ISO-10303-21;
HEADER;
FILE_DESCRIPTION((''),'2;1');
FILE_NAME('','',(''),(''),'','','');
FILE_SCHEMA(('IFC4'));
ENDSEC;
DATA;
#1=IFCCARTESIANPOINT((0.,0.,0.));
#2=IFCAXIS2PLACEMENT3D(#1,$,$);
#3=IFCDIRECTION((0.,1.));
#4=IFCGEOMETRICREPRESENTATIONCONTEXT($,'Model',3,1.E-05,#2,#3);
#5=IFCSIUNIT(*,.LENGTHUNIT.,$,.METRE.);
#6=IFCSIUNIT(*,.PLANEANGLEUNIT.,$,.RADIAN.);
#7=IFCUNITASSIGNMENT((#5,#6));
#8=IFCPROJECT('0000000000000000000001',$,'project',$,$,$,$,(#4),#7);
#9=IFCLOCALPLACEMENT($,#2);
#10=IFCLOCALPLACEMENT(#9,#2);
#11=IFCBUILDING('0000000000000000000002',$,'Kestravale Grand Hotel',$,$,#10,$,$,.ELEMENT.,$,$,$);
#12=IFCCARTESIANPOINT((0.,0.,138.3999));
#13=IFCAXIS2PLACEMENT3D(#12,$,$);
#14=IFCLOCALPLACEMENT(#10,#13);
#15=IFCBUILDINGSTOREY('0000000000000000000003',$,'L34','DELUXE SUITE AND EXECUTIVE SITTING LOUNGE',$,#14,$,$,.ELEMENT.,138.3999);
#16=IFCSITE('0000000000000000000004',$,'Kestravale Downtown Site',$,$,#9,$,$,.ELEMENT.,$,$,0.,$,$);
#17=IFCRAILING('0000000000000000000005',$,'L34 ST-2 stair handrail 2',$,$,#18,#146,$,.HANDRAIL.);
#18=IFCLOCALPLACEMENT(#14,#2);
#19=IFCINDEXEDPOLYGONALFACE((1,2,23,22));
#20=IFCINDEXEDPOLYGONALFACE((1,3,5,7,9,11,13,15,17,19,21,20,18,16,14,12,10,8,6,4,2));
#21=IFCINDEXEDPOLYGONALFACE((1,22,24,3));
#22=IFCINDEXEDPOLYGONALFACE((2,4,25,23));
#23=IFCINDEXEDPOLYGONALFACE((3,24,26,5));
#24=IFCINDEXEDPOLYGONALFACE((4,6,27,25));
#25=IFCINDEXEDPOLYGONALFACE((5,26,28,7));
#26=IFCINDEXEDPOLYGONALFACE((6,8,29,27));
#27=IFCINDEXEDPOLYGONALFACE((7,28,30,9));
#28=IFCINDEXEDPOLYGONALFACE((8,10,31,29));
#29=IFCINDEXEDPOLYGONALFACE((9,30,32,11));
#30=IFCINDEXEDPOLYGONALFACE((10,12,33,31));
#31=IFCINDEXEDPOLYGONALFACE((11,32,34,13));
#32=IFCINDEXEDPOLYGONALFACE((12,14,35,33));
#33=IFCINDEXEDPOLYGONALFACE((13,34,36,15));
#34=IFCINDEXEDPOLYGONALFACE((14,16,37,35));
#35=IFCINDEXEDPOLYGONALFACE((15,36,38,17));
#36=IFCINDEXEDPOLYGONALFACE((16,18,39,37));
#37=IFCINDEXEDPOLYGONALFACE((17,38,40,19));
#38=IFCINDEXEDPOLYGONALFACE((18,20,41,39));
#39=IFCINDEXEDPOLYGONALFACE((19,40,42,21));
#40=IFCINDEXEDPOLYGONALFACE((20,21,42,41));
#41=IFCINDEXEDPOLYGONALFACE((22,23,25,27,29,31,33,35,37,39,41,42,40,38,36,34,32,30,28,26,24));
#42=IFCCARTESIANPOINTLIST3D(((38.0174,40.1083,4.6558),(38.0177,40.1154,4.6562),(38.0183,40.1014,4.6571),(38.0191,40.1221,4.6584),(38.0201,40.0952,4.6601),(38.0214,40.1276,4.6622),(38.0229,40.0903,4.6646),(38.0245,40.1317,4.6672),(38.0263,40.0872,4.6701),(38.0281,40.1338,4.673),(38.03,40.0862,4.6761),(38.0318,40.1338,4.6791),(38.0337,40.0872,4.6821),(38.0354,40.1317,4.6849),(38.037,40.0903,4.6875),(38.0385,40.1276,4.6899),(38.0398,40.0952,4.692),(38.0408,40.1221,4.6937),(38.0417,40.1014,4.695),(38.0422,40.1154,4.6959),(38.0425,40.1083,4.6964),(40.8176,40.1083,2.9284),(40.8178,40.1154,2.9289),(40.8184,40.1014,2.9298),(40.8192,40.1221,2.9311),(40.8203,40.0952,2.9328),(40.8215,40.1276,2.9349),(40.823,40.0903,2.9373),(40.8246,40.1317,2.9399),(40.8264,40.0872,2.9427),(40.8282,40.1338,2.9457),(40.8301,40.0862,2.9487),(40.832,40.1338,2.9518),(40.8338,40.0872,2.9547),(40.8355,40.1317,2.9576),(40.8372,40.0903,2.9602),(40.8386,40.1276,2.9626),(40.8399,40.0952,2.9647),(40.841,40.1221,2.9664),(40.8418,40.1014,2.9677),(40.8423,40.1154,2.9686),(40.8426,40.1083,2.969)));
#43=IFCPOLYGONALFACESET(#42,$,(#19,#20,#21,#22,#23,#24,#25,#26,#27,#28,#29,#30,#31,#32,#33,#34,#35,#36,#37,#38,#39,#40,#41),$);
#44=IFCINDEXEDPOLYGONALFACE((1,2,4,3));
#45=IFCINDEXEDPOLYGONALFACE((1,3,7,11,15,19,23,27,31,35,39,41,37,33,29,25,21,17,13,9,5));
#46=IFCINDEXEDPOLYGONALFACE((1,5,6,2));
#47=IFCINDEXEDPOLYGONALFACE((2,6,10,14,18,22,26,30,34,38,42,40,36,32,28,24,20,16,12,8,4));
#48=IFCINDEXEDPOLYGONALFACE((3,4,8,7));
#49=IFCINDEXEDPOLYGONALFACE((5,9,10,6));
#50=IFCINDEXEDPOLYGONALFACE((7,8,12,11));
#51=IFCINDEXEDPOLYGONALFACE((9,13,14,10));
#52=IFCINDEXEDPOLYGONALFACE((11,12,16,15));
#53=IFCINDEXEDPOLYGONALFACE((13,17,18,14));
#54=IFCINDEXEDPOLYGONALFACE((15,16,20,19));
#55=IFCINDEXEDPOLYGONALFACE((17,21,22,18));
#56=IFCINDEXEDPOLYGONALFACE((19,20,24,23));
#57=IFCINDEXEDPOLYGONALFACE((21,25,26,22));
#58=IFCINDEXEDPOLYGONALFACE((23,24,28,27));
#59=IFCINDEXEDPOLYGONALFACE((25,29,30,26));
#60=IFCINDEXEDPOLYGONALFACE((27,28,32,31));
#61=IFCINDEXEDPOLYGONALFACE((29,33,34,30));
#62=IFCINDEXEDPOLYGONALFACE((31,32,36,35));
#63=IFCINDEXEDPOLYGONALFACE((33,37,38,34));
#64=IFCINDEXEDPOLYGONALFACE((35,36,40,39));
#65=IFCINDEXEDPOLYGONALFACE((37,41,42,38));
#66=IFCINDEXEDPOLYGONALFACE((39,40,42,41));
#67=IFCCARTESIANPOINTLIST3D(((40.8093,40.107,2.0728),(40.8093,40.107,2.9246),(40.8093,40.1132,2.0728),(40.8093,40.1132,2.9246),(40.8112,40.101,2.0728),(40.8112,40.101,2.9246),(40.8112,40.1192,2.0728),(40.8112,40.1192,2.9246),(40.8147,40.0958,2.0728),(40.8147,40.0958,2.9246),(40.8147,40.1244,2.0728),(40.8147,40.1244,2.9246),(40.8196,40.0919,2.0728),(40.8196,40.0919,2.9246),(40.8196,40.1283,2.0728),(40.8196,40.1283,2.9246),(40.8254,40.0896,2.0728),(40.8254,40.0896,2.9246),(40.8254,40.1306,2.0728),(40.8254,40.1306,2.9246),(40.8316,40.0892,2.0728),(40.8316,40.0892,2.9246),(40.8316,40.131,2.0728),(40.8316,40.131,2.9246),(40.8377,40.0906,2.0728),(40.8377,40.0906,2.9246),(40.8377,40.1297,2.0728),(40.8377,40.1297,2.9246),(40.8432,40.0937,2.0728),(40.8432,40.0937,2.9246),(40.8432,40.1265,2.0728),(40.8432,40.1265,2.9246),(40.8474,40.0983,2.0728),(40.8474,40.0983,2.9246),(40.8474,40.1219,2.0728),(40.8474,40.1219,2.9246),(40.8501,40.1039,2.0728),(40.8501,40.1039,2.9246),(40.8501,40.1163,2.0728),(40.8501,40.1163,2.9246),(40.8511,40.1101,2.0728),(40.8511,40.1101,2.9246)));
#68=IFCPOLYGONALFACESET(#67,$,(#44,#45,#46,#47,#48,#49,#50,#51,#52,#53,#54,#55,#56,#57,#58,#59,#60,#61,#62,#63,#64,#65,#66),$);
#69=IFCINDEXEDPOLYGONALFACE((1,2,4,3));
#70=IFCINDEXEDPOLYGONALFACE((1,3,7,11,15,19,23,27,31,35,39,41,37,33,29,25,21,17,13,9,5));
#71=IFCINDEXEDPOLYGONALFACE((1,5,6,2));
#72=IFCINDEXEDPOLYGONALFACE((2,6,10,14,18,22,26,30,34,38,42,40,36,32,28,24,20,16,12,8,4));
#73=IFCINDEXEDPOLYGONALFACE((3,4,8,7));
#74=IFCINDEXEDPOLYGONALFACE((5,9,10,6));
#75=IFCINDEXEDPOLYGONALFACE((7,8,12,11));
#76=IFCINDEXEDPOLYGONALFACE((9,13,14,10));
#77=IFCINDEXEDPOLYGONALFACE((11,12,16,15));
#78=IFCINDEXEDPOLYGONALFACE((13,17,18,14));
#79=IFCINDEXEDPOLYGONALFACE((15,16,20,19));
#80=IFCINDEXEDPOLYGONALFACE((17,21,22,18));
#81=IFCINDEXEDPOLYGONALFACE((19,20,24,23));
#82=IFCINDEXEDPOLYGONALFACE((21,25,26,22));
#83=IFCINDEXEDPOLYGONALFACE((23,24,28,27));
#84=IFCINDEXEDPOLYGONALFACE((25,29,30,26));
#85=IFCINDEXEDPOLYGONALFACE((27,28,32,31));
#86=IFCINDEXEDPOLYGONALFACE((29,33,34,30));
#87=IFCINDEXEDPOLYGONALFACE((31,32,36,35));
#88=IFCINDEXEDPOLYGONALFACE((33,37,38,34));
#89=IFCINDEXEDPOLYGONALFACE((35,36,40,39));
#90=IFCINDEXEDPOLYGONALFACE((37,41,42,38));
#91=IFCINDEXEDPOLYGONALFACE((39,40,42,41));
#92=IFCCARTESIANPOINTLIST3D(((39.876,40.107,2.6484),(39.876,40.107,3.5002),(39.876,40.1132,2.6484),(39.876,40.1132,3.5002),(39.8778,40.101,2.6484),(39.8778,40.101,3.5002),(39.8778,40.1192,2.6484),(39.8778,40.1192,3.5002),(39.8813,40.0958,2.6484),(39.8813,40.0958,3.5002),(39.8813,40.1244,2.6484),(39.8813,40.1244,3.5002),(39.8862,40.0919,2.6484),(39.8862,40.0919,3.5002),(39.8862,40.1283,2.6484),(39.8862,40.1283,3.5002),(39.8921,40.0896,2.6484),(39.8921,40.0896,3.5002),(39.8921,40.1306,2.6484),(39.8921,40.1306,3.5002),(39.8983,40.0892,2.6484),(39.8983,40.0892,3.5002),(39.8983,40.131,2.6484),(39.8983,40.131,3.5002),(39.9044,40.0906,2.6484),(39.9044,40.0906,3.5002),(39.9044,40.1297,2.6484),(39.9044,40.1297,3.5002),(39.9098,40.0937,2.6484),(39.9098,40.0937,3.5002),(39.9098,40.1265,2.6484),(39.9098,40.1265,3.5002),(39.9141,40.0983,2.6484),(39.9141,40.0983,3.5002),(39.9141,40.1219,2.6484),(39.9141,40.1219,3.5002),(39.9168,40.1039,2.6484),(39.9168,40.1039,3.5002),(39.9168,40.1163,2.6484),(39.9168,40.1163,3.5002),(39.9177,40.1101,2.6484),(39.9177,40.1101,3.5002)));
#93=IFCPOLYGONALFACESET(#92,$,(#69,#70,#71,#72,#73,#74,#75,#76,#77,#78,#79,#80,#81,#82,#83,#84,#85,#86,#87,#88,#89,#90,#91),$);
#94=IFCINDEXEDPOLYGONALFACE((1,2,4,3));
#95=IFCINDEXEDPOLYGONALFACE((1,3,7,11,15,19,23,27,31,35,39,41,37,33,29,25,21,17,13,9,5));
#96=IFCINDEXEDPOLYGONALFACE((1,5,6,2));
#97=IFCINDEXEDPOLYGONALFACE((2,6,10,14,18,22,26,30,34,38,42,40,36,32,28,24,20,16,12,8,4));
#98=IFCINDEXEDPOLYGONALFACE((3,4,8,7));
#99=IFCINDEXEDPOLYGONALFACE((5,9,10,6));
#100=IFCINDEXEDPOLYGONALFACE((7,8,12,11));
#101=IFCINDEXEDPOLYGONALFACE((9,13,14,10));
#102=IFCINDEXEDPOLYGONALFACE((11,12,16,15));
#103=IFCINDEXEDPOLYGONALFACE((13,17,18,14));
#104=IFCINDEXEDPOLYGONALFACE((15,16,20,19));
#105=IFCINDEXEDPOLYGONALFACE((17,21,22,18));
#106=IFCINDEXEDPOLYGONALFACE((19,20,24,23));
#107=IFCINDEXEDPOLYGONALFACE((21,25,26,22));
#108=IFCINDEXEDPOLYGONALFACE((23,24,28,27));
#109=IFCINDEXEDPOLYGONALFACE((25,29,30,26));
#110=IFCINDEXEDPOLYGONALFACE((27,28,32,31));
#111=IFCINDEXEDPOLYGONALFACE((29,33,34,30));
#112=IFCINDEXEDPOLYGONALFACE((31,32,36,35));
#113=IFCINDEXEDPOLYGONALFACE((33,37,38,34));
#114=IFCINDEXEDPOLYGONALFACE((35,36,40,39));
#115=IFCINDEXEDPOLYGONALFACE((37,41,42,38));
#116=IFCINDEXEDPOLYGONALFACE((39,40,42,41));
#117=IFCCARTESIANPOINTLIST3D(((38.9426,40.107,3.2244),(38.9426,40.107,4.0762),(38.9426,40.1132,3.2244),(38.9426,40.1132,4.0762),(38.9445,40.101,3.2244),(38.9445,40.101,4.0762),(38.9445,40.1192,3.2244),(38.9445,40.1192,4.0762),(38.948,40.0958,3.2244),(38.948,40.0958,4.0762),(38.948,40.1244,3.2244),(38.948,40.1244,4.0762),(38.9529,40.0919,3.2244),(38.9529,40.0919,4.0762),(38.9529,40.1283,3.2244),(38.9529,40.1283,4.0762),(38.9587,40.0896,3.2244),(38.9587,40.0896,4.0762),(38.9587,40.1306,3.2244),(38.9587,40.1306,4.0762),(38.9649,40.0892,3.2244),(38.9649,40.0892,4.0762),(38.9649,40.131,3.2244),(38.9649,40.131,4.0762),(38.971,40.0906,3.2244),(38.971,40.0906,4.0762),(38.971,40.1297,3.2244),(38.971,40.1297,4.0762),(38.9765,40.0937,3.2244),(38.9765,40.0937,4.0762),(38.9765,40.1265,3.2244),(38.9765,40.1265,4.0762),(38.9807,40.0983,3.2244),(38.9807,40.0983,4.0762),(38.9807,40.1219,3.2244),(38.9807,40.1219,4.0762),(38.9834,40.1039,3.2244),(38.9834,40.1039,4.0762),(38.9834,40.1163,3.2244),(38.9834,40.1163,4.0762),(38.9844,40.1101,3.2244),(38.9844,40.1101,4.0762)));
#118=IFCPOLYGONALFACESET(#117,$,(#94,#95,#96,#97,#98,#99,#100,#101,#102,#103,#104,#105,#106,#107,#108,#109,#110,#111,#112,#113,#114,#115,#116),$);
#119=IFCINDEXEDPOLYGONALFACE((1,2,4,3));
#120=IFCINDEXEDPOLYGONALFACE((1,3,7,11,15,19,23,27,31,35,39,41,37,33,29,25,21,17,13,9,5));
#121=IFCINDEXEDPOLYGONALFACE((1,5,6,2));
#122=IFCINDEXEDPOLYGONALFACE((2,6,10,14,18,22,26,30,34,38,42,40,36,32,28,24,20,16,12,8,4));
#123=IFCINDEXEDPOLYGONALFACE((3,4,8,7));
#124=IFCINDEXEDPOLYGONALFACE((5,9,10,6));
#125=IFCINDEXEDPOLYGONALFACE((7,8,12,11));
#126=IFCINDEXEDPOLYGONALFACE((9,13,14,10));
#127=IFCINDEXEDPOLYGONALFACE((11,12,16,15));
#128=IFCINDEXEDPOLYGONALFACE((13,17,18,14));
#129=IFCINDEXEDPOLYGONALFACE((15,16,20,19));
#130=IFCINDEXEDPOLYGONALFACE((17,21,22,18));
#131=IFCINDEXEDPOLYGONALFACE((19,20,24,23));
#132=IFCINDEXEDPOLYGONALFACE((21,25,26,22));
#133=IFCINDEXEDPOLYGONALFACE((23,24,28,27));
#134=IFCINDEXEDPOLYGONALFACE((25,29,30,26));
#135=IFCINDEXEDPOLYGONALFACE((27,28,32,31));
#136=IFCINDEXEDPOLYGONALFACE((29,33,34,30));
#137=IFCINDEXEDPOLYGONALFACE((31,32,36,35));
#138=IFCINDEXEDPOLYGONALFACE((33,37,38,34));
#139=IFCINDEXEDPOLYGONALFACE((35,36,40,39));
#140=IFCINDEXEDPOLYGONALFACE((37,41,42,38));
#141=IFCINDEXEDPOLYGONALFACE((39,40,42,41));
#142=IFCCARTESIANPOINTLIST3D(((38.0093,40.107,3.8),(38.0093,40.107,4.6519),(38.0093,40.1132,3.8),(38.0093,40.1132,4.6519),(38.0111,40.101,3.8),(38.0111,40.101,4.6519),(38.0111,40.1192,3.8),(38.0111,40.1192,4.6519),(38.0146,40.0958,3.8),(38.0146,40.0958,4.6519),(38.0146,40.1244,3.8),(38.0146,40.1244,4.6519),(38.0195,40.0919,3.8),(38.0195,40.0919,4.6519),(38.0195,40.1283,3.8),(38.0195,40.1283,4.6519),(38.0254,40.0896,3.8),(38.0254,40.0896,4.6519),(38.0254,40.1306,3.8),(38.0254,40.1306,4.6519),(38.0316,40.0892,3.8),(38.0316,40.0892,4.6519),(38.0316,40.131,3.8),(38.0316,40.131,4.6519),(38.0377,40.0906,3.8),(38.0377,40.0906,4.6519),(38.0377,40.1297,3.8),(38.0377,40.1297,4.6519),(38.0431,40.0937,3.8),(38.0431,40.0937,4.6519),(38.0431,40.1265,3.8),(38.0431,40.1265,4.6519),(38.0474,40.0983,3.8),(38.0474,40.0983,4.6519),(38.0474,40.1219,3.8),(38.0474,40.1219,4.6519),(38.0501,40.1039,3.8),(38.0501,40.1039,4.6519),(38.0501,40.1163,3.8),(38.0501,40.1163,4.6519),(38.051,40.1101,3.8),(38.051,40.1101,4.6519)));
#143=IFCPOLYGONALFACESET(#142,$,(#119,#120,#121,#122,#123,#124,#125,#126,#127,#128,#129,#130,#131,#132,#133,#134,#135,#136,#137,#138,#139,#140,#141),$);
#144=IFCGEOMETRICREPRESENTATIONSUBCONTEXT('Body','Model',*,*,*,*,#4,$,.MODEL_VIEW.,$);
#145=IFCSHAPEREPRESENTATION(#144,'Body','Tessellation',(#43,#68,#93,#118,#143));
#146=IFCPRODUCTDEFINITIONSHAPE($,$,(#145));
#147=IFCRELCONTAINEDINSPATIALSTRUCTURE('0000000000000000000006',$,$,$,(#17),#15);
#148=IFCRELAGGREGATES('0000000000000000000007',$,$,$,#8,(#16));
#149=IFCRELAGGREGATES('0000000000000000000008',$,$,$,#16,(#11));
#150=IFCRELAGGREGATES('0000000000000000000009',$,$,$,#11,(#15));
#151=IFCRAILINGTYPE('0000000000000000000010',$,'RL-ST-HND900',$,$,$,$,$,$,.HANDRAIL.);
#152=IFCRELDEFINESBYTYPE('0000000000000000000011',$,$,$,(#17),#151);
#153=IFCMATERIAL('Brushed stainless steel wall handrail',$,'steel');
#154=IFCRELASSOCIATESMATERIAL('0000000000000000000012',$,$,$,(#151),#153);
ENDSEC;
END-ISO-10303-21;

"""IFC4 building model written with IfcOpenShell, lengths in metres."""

from ifc_helpers import new_model, si_unit, direction, frame, origin, origin_2d, place, context, subcontext, project, spatial, circle, extrude, material, type_object, element, save


model = new_model("IFC4")

# Units and contexts
model_context = context("Model", 3, precision=1e-05, world=origin(), true_north=direction((0.0, 1.0)))
body_context = subcontext(model_context, "Body", "Model", "MODEL_VIEW")
ifc_project = project(units=[si_unit("LENGTHUNIT", "METRE"), si_unit("PLANEANGLEUNIT", "RADIAN")], contexts=[model_context])

# Site, building, storey
site_placement = place(None, origin())
site = spatial("IfcSite", under=ifc_project, at=site_placement, Name="Kestravale Downtown Site", CompositionType="ELEMENT", RefElevation=0.0)
building_placement = place(site_placement, origin())
building = spatial("IfcBuilding", under=site, at=building_placement, Name="Kestravale Grand Hotel", CompositionType="ELEMENT")
storey_placement = place(building_placement, frame((0.0, 0.0, 138.3999)))
storey = spatial("IfcBuildingStorey", under=building, at=storey_placement, Name="L34", Description="DELUXE SUITE AND EXECUTIVE SITTING LOUNGE", CompositionType="ELEMENT", Elevation=138.3999)

# Railing
ifc_material_1 = material(Name="Brushed stainless steel wall handrail", Category="steel")
railing_type_1 = type_object("IfcRailingType", Name="RL-ST-HND900", PredefinedType="HANDRAIL", material=ifc_material_1)
railing_1_placement = place(storey_placement, frame((40.8301, 40.1101, 2.0728)))
element("IfcRailing", 1, at=railing_1_placement, inside=storey, type_object=railing_type_1, Name="L34 ST-2 stair handrail 2", PredefinedType="HANDRAIL", context=body_context, shape_type="SweptSolid", body=[
    extrude(circle(Radius=0.0239, at=origin_2d()), frame((0.0, 0.0, 0.876), z_axis=(-0.85109, 0.0, 0.52502), x_axis=(0.0, -1.0, 0.0)), (0.0, 0.0, 1.0), 3.29),
    extrude(circle(Radius=0.021, at=origin_2d()), origin(), (0.0, 0.0, 1.0), 0.8518),
    extrude(circle(Radius=0.021, at=origin_2d()), frame((-0.9333, 0.0, 0.5757)), (0.0, 0.0, 1.0), 0.8518),
    extrude(circle(Radius=0.021, at=origin_2d()), frame((-1.8667, 0.0, 1.1516)), (0.0, 0.0, 1.0), 0.8518),
    extrude(circle(Radius=0.021, at=origin_2d()), frame((-2.8, 0.0, 1.7273)), (0.0, 0.0, 1.0), 0.8518),
])

save(model, "model.ifc")
